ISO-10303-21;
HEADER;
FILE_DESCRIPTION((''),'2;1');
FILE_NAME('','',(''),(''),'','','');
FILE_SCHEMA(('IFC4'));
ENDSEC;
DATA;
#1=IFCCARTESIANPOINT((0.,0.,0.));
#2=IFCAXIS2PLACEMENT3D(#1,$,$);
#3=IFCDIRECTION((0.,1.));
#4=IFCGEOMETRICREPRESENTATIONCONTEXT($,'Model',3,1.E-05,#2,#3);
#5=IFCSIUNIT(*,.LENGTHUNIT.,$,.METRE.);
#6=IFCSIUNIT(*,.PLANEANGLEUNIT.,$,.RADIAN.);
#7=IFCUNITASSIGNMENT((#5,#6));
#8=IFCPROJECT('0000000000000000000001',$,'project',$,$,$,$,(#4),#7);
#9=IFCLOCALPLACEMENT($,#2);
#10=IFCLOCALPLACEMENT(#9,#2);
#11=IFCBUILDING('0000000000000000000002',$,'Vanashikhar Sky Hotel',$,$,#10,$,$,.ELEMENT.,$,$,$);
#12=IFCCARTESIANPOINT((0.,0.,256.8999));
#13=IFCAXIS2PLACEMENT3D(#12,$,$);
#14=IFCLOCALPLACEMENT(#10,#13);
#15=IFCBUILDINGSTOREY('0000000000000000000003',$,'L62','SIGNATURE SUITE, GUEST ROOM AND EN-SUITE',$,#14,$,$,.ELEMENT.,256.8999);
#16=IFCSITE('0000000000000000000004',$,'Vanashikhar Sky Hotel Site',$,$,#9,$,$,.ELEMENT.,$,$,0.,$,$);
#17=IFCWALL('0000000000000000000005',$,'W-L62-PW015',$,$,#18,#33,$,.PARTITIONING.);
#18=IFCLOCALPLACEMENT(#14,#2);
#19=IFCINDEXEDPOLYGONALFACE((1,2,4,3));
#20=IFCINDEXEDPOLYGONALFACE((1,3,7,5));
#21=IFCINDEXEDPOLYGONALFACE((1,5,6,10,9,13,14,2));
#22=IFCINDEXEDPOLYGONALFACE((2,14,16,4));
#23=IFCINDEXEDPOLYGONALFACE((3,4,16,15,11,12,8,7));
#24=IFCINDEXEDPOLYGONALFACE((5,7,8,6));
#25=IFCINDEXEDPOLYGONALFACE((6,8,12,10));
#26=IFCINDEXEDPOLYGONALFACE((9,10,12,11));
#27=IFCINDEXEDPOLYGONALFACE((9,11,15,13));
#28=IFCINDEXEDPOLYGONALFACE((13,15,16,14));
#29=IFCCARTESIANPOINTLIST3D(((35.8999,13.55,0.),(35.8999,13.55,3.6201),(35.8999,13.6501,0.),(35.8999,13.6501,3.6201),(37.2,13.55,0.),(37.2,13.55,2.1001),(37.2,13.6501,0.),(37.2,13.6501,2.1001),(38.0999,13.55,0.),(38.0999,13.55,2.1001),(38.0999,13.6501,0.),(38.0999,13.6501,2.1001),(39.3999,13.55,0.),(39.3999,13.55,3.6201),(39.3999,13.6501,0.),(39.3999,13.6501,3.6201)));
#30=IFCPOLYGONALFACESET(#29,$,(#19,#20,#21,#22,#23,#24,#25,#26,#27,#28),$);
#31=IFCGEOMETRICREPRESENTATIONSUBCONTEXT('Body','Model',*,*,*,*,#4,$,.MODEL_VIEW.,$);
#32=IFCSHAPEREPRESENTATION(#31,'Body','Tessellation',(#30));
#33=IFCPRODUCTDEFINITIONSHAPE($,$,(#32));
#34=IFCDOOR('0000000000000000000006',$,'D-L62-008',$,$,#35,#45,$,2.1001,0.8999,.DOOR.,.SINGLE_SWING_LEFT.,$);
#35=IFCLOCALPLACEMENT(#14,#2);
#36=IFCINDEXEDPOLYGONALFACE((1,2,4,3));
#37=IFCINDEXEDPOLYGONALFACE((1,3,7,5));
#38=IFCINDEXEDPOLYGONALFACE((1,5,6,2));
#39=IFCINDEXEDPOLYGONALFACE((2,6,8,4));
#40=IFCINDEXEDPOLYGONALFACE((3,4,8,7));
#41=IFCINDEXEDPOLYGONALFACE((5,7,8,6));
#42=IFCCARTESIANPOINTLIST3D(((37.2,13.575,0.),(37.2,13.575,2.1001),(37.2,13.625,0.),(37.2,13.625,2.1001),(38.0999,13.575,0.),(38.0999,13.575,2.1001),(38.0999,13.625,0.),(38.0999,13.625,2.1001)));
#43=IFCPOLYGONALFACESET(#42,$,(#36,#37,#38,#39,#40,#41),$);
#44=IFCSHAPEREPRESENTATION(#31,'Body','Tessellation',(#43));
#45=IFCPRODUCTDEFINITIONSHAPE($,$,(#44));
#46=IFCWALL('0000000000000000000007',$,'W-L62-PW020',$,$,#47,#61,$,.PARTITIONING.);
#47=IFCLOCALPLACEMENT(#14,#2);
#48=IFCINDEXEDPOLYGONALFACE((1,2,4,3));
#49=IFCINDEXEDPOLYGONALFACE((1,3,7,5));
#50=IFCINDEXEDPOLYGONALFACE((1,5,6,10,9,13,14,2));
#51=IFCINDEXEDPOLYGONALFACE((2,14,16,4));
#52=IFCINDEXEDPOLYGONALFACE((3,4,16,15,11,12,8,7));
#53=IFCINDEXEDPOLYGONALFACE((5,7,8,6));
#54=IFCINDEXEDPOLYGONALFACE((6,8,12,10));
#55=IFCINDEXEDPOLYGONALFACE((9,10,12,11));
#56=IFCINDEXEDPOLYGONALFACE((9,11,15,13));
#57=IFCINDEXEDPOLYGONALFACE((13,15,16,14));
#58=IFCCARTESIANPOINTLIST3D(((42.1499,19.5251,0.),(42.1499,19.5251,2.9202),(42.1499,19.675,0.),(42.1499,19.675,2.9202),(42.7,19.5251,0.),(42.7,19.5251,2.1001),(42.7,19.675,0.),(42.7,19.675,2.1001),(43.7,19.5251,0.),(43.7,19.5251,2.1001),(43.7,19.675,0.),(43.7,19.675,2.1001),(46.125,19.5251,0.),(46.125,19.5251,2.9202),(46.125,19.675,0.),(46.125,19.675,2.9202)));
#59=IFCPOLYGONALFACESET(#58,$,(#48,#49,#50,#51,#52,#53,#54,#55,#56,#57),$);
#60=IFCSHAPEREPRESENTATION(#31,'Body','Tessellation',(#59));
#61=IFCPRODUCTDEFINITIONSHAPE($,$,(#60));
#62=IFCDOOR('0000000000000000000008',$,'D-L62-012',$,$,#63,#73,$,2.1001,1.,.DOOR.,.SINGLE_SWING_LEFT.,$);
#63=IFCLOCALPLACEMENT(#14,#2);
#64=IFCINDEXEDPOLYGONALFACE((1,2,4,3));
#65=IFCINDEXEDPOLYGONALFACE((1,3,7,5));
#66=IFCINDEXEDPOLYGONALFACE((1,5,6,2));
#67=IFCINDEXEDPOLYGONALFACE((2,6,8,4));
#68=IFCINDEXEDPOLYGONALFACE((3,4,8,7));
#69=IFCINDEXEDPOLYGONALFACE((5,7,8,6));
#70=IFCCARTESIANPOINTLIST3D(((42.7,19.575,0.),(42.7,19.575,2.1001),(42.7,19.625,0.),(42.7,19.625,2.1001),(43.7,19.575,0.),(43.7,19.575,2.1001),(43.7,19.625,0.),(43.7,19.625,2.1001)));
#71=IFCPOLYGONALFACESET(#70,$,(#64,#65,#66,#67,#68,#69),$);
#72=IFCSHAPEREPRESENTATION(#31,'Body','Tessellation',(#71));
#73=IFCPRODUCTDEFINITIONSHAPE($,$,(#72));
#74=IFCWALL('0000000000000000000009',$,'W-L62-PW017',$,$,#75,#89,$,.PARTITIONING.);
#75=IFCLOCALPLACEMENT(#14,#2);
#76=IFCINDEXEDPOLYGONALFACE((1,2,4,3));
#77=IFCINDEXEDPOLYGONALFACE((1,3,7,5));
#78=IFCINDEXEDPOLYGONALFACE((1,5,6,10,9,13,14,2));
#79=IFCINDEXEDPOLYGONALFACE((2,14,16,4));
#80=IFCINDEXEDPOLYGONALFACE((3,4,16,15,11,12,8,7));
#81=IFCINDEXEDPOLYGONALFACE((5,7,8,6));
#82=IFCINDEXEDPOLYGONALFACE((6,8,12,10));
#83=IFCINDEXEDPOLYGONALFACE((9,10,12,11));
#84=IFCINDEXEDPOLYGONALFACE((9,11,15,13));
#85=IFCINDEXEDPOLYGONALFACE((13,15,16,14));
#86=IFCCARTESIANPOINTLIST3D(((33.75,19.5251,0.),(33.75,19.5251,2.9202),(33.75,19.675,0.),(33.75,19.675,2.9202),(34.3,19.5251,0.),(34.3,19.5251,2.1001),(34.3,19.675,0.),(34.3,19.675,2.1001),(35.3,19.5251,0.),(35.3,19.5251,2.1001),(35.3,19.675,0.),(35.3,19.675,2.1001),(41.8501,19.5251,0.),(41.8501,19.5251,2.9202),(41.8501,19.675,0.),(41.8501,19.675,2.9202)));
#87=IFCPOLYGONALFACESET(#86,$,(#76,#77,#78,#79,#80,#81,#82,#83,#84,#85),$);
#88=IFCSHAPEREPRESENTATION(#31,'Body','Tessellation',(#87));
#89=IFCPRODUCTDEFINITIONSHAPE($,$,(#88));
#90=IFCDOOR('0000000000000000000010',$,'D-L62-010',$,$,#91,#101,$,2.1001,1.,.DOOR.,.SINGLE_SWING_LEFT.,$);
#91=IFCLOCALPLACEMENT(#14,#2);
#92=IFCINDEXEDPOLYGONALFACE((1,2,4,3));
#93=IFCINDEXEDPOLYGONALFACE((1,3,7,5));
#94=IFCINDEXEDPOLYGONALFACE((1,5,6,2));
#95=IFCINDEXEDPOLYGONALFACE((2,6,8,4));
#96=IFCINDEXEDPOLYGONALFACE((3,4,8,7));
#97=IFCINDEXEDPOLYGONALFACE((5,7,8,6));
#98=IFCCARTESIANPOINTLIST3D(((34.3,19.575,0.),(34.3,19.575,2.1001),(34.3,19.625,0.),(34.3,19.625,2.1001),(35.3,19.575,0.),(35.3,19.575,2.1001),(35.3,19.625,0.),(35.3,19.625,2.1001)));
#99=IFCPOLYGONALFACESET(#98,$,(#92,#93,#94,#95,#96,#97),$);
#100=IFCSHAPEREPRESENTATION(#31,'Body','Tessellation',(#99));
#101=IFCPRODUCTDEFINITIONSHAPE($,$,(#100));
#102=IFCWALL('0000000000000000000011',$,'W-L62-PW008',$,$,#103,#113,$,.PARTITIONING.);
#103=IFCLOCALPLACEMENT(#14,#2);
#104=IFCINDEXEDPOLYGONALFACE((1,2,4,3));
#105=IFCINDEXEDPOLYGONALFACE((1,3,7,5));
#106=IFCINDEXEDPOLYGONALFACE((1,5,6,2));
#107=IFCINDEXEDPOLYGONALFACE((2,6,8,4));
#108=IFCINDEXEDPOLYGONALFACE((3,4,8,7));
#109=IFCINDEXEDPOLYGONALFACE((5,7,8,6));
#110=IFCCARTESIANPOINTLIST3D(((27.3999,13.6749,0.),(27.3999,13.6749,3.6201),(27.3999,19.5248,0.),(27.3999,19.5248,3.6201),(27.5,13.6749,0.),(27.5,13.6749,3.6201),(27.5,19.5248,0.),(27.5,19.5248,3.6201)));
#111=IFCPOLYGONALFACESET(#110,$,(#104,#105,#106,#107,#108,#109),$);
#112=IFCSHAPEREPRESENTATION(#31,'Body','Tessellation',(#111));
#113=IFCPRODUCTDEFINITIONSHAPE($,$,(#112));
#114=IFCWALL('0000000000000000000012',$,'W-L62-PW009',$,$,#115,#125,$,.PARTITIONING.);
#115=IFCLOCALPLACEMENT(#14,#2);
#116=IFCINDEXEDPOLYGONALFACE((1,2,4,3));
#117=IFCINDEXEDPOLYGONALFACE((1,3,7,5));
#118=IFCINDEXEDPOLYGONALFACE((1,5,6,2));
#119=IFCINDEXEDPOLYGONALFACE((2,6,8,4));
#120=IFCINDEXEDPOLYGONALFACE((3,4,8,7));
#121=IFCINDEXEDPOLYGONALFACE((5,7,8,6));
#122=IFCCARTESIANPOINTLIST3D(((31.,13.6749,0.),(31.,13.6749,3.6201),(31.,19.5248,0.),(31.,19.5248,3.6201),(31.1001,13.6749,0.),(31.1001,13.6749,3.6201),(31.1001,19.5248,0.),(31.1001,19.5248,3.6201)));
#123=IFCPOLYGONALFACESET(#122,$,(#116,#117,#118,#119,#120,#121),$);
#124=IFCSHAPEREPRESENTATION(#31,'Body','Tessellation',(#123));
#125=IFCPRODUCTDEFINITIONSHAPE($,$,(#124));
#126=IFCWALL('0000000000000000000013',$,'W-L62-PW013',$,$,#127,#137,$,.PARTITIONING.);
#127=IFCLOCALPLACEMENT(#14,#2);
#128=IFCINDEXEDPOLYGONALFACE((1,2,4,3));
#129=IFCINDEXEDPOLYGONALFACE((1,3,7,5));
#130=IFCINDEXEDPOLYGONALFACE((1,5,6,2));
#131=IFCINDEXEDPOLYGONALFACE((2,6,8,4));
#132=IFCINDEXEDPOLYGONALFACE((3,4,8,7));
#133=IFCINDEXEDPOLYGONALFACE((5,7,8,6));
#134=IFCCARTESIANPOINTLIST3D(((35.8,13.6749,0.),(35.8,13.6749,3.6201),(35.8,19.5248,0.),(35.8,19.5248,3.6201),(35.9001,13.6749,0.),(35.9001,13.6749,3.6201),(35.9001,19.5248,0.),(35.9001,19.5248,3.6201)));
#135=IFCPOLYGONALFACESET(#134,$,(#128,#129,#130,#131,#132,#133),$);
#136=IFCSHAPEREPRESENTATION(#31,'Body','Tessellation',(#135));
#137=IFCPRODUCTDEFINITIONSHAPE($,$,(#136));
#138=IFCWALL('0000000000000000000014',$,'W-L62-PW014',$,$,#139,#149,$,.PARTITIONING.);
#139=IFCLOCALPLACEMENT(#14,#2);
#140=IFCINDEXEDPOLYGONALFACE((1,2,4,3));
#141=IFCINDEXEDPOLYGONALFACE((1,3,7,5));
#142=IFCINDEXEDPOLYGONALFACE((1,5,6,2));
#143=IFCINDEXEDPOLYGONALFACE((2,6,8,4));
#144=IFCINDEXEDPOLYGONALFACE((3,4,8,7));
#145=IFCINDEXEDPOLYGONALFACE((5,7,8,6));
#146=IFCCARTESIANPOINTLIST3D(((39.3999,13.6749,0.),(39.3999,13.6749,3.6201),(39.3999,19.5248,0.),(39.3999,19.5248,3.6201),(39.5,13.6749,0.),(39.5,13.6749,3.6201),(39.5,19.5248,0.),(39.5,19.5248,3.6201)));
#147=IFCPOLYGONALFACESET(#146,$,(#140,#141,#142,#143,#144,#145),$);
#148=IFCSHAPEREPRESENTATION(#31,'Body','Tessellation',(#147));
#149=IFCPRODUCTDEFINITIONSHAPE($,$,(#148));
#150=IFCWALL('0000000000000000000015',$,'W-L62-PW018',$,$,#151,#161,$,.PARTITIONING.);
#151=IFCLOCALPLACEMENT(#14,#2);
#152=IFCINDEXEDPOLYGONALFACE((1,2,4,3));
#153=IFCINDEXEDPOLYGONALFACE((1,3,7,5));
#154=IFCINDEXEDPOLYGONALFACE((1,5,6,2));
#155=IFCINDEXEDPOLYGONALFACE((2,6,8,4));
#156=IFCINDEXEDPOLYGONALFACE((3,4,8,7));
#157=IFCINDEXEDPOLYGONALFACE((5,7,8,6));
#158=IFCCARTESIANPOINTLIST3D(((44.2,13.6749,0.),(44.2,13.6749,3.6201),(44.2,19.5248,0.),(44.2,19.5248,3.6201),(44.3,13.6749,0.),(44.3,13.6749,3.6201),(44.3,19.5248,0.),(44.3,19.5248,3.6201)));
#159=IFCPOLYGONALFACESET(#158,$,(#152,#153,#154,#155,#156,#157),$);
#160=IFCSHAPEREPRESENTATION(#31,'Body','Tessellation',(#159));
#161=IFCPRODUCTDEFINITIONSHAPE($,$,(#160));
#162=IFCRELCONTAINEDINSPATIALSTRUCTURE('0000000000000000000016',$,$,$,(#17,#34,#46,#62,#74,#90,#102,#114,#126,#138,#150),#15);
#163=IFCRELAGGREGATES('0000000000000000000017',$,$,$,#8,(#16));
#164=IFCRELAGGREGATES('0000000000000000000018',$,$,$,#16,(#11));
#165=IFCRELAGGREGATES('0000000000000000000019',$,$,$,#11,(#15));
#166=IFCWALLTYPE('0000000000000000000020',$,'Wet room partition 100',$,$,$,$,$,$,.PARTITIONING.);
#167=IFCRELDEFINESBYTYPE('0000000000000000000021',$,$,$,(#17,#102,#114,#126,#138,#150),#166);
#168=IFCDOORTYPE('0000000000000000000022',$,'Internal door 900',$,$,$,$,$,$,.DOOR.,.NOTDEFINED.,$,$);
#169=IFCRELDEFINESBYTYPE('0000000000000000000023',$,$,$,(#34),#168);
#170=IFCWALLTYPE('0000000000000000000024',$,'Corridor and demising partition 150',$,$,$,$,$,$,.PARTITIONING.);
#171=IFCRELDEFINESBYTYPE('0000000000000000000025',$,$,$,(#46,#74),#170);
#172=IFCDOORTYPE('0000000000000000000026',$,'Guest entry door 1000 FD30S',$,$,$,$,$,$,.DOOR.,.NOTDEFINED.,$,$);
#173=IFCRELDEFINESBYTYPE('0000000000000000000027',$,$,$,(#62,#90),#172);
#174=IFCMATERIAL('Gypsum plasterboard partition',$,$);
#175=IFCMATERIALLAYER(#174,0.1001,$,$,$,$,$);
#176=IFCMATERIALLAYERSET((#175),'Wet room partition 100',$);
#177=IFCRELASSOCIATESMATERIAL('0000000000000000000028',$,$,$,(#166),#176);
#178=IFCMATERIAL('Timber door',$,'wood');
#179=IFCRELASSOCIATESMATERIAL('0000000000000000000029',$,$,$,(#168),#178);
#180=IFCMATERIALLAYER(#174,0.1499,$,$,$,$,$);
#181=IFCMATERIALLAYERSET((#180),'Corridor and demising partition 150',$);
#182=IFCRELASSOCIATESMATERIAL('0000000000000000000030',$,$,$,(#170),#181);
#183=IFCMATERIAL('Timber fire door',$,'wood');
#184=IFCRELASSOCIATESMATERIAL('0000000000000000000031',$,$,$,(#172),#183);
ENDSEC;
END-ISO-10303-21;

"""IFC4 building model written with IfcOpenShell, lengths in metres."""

from ifc_helpers import new_model, si_unit, direction, frame, frame_2d, origin, place, context, subcontext, project, spatial, rectangle, extrude, source, transform, mapped, material, layer, layer_set, type_object, element, fill, save


model = new_model("IFC4")

# Units and contexts
model_context = context("Model", 3, precision=1e-05, world=origin(), true_north=direction((0.0, 1.0)))
body_context = subcontext(model_context, "Body", "Model", "MODEL_VIEW")
ifc_project = project(units=[si_unit("LENGTHUNIT", "METRE"), si_unit("PLANEANGLEUNIT", "RADIAN")], contexts=[model_context])

# Site, building, storey
site_placement = place(None, origin())
site = spatial("IfcSite", under=ifc_project, at=site_placement, Name="Vanashikhar Sky Hotel Site", CompositionType="ELEMENT", RefElevation=0.0)
building_placement = place(site_placement, origin())
building = spatial("IfcBuilding", under=site, at=building_placement, Name="Vanashikhar Sky Hotel", CompositionType="ELEMENT")
storey_placement = place(building_placement, frame((0.0, 0.0, 256.8999)))
storey = spatial("IfcBuildingStorey", under=building, at=storey_placement, Name="L62", Description="SIGNATURE SUITE, GUEST ROOM AND EN-SUITE", CompositionType="ELEMENT", Elevation=256.8999)

# Walls, openings, doors
ifc_material_1 = material(Name="Gypsum plasterboard partition")
ifc_layer_1 = layer(ifc_material_1, 0.1001)
ifc_layer_set_1 = layer_set([ifc_layer_1], Name="Wet room partition 100")
wall_type_1 = type_object("IfcWallType", Name="Wet room partition 100", PredefinedType="PARTITIONING", material=ifc_layer_set_1)
shared_shape_1 = source(origin(), body_context, "Body", "SweptSolid", [
    extrude(rectangle(XDim=3.5, YDim=0.1001, at=frame_2d((1.75, 0.0))), origin(), (0.0, 0.0, 1.0), 3.6201),
])
shared_shape_2 = source(origin(), body_context, "Body", "SweptSolid", [
    extrude(rectangle(XDim=0.8999, YDim=2.1001, at=frame_2d((0.45, 1.05))), frame((0.0, 0.0601, 0.0), z_axis=(0.0, -1.0, 0.0), x_axis=(1.0, 0.0, 0.0)), (0.0, 0.0, 1.0), 0.1201),
])
ifc_material_2 = material(Name="Timber door", Category="wood")
door_type_1 = type_object("IfcDoorType", Name="Internal door 900", OperationType="NOTDEFINED", PredefinedType="DOOR", material=ifc_material_2)
shared_shape_3 = source(origin(), body_context, "Body", "SweptSolid", [
    extrude(rectangle(XDim=0.8999, YDim=2.1001, at=frame_2d((0.45, 1.05))), frame((0.0, 0.0249, 0.0), z_axis=(0.0, -1.0, 0.0), x_axis=(1.0, 0.0, 0.0)), (0.0, 0.0, 1.0), 0.05),
])
wall_1_placement = place(storey_placement, frame((35.8999, 13.6001, 0.0), z_axis=(0.0, 0.0, 1.0), x_axis=(1.0, 0.0, 0.0)))
wall_1 = element("IfcWall", 1, at=wall_1_placement, inside=storey, type_object=wall_type_1, Name="W-L62-PW015", PredefinedType="PARTITIONING", context=body_context, shape_type="MappedRepresentation", body=[
    mapped(shared_shape_1, transform((0.0, 0.0, 0.0), scale=1.0)),
])
opening_1_placement = place(wall_1_placement, frame((1.3, 0.0, 0.0)))
opening_1 = element("IfcOpeningElement", 2, at=opening_1_placement, cuts=wall_1, PredefinedType="OPENING", context=body_context, shape_type="MappedRepresentation", body=[
    mapped(shared_shape_2, transform((0.0, 0.0, 0.0), scale=1.0)),
])
door_1_placement = place(opening_1_placement, origin())
door_1 = element("IfcDoor", 3, at=door_1_placement, inside=storey, type_object=door_type_1, Name="D-L62-008", OperationType="SINGLE_SWING_LEFT", OverallHeight=2.1001, OverallWidth=0.8999, PredefinedType="DOOR", context=body_context, shape_type="MappedRepresentation", body=[
    mapped(shared_shape_3, transform((0.0, 0.0, 0.0), scale=1.0)),
])
fill(opening_1, door_1)
ifc_layer_2 = layer(ifc_material_1, 0.1499)
ifc_layer_set_2 = layer_set([ifc_layer_2], Name="Corridor and demising partition 150")
wall_type_2 = type_object("IfcWallType", Name="Corridor and demising partition 150", PredefinedType="PARTITIONING", material=ifc_layer_set_2)
shared_shape_4 = source(origin(), body_context, "Body", "SweptSolid", [
    extrude(rectangle(XDim=3.9751, YDim=0.1499, at=frame_2d((1.9875, 0.0))), origin(), (0.0, 0.0, 1.0), 2.9202),
])
wall_2_placement = place(storey_placement, frame((42.1499, 19.6001, 0.0), z_axis=(0.0, 0.0, 1.0), x_axis=(1.0, 0.0, 0.0)))
wall_2 = element("IfcWall", 4, at=wall_2_placement, inside=storey, type_object=wall_type_2, Name="W-L62-PW020", PredefinedType="PARTITIONING", context=body_context, shape_type="MappedRepresentation", body=[
    mapped(shared_shape_4, transform((0.0, 0.0, 0.0), scale=1.0)),
])
shared_shape_5 = source(origin(), body_context, "Body", "SweptSolid", [
    extrude(rectangle(XDim=1.0, YDim=2.1001, at=frame_2d((0.5, 1.05))), frame((0.0, 0.085, 0.0), z_axis=(0.0, -1.0, 0.0), x_axis=(1.0, 0.0, 0.0)), (0.0, 0.0, 1.0), 0.1699),
])
opening_2_placement = place(wall_2_placement, frame((0.55, 0.0, 0.0)))
opening_2 = element("IfcOpeningElement", 5, at=opening_2_placement, cuts=wall_2, PredefinedType="OPENING", context=body_context, shape_type="MappedRepresentation", body=[
    mapped(shared_shape_5, transform((0.0, 0.0, 0.0), scale=1.0)),
])
ifc_material_3 = material(Name="Timber fire door", Category="wood")
door_type_2 = type_object("IfcDoorType", Name="Guest entry door 1000 FD30S", OperationType="NOTDEFINED", PredefinedType="DOOR", material=ifc_material_3)
shared_shape_6 = source(origin(), body_context, "Body", "SweptSolid", [
    extrude(rectangle(XDim=1.0, YDim=2.1001, at=frame_2d((0.5, 1.05))), frame((0.0, 0.0249, 0.0), z_axis=(0.0, -1.0, 0.0), x_axis=(1.0, 0.0, 0.0)), (0.0, 0.0, 1.0), 0.05),
])
door_2_placement = place(opening_2_placement, origin())
door_2 = element("IfcDoor", 6, at=door_2_placement, inside=storey, type_object=door_type_2, Name="D-L62-012", OperationType="SINGLE_SWING_LEFT", OverallHeight=2.1001, OverallWidth=1.0, PredefinedType="DOOR", context=body_context, shape_type="MappedRepresentation", body=[
    mapped(shared_shape_6, transform((0.0, 0.0, 0.0), scale=1.0)),
])
fill(opening_2, door_2)
shared_shape_7 = source(origin(), body_context, "Body", "SweptSolid", [
    extrude(rectangle(XDim=8.1001, YDim=0.1499, at=frame_2d((4.05, 0.0))), origin(), (0.0, 0.0, 1.0), 2.9202),
])
wall_3_placement = place(storey_placement, frame((33.75, 19.6001, 0.0), z_axis=(0.0, 0.0, 1.0), x_axis=(1.0, 0.0, 0.0)))
wall_3 = element("IfcWall", 7, at=wall_3_placement, inside=storey, type_object=wall_type_2, Name="W-L62-PW017", PredefinedType="PARTITIONING", context=body_context, shape_type="MappedRepresentation", body=[
    mapped(shared_shape_7, transform((0.0, 0.0, 0.0), scale=1.0)),
])
opening_3_placement = place(wall_3_placement, frame((0.55, 0.0, 0.0)))
opening_3 = element("IfcOpeningElement", 8, at=opening_3_placement, cuts=wall_3, PredefinedType="OPENING", context=body_context, shape_type="MappedRepresentation", body=[
    mapped(shared_shape_5, transform((0.0, 0.0, 0.0), scale=1.0)),
])
door_3_placement = place(opening_3_placement, origin())
door_3 = element("IfcDoor", 9, at=door_3_placement, inside=storey, type_object=door_type_2, Name="D-L62-010", OperationType="SINGLE_SWING_LEFT", OverallHeight=2.1001, OverallWidth=1.0, PredefinedType="DOOR", context=body_context, shape_type="MappedRepresentation", body=[
    mapped(shared_shape_6, transform((0.0, 0.0, 0.0), scale=1.0)),
])
fill(opening_3, door_3)

# Walls
shared_shape_8 = source(origin(), body_context, "Body", "SweptSolid", [
    extrude(rectangle(XDim=5.8499, YDim=0.1001, at=frame_2d((2.9248, 0.0))), origin(), (0.0, 0.0, 1.0), 3.6201),
])
for number, where, z_axis, x_axis, name in (
    (10, (27.45, 13.675, 0.0), (0.0, 0.0, 1.0), (0.0, 1.0, 0.0), "W-L62-PW008"),
    (11, (31.05, 13.675, 0.0), (0.0, 0.0, 1.0), (0.0, 1.0, 0.0), "W-L62-PW009"),
    (12, (35.8501, 13.675, 0.0), (0.0, 0.0, 1.0), (0.0, 1.0, 0.0), "W-L62-PW013"),
    (13, (39.45, 13.675, 0.0), (0.0, 0.0, 1.0), (0.0, 1.0, 0.0), "W-L62-PW014"),
    (14, (44.25, 13.675, 0.0), (0.0, 0.0, 1.0), (0.0, 1.0, 0.0), "W-L62-PW018"),
):
    element("IfcWall", number, at=place(storey_placement, frame(where, z_axis=z_axis, x_axis=x_axis)), inside=storey, type_object=wall_type_1, Name=name, PredefinedType="PARTITIONING", context=body_context, shape_type="MappedRepresentation", body=[
        mapped(shared_shape_8, transform((0.0, 0.0, 0.0), scale=1.0)),
    ])

save(model, "model.ifc")
